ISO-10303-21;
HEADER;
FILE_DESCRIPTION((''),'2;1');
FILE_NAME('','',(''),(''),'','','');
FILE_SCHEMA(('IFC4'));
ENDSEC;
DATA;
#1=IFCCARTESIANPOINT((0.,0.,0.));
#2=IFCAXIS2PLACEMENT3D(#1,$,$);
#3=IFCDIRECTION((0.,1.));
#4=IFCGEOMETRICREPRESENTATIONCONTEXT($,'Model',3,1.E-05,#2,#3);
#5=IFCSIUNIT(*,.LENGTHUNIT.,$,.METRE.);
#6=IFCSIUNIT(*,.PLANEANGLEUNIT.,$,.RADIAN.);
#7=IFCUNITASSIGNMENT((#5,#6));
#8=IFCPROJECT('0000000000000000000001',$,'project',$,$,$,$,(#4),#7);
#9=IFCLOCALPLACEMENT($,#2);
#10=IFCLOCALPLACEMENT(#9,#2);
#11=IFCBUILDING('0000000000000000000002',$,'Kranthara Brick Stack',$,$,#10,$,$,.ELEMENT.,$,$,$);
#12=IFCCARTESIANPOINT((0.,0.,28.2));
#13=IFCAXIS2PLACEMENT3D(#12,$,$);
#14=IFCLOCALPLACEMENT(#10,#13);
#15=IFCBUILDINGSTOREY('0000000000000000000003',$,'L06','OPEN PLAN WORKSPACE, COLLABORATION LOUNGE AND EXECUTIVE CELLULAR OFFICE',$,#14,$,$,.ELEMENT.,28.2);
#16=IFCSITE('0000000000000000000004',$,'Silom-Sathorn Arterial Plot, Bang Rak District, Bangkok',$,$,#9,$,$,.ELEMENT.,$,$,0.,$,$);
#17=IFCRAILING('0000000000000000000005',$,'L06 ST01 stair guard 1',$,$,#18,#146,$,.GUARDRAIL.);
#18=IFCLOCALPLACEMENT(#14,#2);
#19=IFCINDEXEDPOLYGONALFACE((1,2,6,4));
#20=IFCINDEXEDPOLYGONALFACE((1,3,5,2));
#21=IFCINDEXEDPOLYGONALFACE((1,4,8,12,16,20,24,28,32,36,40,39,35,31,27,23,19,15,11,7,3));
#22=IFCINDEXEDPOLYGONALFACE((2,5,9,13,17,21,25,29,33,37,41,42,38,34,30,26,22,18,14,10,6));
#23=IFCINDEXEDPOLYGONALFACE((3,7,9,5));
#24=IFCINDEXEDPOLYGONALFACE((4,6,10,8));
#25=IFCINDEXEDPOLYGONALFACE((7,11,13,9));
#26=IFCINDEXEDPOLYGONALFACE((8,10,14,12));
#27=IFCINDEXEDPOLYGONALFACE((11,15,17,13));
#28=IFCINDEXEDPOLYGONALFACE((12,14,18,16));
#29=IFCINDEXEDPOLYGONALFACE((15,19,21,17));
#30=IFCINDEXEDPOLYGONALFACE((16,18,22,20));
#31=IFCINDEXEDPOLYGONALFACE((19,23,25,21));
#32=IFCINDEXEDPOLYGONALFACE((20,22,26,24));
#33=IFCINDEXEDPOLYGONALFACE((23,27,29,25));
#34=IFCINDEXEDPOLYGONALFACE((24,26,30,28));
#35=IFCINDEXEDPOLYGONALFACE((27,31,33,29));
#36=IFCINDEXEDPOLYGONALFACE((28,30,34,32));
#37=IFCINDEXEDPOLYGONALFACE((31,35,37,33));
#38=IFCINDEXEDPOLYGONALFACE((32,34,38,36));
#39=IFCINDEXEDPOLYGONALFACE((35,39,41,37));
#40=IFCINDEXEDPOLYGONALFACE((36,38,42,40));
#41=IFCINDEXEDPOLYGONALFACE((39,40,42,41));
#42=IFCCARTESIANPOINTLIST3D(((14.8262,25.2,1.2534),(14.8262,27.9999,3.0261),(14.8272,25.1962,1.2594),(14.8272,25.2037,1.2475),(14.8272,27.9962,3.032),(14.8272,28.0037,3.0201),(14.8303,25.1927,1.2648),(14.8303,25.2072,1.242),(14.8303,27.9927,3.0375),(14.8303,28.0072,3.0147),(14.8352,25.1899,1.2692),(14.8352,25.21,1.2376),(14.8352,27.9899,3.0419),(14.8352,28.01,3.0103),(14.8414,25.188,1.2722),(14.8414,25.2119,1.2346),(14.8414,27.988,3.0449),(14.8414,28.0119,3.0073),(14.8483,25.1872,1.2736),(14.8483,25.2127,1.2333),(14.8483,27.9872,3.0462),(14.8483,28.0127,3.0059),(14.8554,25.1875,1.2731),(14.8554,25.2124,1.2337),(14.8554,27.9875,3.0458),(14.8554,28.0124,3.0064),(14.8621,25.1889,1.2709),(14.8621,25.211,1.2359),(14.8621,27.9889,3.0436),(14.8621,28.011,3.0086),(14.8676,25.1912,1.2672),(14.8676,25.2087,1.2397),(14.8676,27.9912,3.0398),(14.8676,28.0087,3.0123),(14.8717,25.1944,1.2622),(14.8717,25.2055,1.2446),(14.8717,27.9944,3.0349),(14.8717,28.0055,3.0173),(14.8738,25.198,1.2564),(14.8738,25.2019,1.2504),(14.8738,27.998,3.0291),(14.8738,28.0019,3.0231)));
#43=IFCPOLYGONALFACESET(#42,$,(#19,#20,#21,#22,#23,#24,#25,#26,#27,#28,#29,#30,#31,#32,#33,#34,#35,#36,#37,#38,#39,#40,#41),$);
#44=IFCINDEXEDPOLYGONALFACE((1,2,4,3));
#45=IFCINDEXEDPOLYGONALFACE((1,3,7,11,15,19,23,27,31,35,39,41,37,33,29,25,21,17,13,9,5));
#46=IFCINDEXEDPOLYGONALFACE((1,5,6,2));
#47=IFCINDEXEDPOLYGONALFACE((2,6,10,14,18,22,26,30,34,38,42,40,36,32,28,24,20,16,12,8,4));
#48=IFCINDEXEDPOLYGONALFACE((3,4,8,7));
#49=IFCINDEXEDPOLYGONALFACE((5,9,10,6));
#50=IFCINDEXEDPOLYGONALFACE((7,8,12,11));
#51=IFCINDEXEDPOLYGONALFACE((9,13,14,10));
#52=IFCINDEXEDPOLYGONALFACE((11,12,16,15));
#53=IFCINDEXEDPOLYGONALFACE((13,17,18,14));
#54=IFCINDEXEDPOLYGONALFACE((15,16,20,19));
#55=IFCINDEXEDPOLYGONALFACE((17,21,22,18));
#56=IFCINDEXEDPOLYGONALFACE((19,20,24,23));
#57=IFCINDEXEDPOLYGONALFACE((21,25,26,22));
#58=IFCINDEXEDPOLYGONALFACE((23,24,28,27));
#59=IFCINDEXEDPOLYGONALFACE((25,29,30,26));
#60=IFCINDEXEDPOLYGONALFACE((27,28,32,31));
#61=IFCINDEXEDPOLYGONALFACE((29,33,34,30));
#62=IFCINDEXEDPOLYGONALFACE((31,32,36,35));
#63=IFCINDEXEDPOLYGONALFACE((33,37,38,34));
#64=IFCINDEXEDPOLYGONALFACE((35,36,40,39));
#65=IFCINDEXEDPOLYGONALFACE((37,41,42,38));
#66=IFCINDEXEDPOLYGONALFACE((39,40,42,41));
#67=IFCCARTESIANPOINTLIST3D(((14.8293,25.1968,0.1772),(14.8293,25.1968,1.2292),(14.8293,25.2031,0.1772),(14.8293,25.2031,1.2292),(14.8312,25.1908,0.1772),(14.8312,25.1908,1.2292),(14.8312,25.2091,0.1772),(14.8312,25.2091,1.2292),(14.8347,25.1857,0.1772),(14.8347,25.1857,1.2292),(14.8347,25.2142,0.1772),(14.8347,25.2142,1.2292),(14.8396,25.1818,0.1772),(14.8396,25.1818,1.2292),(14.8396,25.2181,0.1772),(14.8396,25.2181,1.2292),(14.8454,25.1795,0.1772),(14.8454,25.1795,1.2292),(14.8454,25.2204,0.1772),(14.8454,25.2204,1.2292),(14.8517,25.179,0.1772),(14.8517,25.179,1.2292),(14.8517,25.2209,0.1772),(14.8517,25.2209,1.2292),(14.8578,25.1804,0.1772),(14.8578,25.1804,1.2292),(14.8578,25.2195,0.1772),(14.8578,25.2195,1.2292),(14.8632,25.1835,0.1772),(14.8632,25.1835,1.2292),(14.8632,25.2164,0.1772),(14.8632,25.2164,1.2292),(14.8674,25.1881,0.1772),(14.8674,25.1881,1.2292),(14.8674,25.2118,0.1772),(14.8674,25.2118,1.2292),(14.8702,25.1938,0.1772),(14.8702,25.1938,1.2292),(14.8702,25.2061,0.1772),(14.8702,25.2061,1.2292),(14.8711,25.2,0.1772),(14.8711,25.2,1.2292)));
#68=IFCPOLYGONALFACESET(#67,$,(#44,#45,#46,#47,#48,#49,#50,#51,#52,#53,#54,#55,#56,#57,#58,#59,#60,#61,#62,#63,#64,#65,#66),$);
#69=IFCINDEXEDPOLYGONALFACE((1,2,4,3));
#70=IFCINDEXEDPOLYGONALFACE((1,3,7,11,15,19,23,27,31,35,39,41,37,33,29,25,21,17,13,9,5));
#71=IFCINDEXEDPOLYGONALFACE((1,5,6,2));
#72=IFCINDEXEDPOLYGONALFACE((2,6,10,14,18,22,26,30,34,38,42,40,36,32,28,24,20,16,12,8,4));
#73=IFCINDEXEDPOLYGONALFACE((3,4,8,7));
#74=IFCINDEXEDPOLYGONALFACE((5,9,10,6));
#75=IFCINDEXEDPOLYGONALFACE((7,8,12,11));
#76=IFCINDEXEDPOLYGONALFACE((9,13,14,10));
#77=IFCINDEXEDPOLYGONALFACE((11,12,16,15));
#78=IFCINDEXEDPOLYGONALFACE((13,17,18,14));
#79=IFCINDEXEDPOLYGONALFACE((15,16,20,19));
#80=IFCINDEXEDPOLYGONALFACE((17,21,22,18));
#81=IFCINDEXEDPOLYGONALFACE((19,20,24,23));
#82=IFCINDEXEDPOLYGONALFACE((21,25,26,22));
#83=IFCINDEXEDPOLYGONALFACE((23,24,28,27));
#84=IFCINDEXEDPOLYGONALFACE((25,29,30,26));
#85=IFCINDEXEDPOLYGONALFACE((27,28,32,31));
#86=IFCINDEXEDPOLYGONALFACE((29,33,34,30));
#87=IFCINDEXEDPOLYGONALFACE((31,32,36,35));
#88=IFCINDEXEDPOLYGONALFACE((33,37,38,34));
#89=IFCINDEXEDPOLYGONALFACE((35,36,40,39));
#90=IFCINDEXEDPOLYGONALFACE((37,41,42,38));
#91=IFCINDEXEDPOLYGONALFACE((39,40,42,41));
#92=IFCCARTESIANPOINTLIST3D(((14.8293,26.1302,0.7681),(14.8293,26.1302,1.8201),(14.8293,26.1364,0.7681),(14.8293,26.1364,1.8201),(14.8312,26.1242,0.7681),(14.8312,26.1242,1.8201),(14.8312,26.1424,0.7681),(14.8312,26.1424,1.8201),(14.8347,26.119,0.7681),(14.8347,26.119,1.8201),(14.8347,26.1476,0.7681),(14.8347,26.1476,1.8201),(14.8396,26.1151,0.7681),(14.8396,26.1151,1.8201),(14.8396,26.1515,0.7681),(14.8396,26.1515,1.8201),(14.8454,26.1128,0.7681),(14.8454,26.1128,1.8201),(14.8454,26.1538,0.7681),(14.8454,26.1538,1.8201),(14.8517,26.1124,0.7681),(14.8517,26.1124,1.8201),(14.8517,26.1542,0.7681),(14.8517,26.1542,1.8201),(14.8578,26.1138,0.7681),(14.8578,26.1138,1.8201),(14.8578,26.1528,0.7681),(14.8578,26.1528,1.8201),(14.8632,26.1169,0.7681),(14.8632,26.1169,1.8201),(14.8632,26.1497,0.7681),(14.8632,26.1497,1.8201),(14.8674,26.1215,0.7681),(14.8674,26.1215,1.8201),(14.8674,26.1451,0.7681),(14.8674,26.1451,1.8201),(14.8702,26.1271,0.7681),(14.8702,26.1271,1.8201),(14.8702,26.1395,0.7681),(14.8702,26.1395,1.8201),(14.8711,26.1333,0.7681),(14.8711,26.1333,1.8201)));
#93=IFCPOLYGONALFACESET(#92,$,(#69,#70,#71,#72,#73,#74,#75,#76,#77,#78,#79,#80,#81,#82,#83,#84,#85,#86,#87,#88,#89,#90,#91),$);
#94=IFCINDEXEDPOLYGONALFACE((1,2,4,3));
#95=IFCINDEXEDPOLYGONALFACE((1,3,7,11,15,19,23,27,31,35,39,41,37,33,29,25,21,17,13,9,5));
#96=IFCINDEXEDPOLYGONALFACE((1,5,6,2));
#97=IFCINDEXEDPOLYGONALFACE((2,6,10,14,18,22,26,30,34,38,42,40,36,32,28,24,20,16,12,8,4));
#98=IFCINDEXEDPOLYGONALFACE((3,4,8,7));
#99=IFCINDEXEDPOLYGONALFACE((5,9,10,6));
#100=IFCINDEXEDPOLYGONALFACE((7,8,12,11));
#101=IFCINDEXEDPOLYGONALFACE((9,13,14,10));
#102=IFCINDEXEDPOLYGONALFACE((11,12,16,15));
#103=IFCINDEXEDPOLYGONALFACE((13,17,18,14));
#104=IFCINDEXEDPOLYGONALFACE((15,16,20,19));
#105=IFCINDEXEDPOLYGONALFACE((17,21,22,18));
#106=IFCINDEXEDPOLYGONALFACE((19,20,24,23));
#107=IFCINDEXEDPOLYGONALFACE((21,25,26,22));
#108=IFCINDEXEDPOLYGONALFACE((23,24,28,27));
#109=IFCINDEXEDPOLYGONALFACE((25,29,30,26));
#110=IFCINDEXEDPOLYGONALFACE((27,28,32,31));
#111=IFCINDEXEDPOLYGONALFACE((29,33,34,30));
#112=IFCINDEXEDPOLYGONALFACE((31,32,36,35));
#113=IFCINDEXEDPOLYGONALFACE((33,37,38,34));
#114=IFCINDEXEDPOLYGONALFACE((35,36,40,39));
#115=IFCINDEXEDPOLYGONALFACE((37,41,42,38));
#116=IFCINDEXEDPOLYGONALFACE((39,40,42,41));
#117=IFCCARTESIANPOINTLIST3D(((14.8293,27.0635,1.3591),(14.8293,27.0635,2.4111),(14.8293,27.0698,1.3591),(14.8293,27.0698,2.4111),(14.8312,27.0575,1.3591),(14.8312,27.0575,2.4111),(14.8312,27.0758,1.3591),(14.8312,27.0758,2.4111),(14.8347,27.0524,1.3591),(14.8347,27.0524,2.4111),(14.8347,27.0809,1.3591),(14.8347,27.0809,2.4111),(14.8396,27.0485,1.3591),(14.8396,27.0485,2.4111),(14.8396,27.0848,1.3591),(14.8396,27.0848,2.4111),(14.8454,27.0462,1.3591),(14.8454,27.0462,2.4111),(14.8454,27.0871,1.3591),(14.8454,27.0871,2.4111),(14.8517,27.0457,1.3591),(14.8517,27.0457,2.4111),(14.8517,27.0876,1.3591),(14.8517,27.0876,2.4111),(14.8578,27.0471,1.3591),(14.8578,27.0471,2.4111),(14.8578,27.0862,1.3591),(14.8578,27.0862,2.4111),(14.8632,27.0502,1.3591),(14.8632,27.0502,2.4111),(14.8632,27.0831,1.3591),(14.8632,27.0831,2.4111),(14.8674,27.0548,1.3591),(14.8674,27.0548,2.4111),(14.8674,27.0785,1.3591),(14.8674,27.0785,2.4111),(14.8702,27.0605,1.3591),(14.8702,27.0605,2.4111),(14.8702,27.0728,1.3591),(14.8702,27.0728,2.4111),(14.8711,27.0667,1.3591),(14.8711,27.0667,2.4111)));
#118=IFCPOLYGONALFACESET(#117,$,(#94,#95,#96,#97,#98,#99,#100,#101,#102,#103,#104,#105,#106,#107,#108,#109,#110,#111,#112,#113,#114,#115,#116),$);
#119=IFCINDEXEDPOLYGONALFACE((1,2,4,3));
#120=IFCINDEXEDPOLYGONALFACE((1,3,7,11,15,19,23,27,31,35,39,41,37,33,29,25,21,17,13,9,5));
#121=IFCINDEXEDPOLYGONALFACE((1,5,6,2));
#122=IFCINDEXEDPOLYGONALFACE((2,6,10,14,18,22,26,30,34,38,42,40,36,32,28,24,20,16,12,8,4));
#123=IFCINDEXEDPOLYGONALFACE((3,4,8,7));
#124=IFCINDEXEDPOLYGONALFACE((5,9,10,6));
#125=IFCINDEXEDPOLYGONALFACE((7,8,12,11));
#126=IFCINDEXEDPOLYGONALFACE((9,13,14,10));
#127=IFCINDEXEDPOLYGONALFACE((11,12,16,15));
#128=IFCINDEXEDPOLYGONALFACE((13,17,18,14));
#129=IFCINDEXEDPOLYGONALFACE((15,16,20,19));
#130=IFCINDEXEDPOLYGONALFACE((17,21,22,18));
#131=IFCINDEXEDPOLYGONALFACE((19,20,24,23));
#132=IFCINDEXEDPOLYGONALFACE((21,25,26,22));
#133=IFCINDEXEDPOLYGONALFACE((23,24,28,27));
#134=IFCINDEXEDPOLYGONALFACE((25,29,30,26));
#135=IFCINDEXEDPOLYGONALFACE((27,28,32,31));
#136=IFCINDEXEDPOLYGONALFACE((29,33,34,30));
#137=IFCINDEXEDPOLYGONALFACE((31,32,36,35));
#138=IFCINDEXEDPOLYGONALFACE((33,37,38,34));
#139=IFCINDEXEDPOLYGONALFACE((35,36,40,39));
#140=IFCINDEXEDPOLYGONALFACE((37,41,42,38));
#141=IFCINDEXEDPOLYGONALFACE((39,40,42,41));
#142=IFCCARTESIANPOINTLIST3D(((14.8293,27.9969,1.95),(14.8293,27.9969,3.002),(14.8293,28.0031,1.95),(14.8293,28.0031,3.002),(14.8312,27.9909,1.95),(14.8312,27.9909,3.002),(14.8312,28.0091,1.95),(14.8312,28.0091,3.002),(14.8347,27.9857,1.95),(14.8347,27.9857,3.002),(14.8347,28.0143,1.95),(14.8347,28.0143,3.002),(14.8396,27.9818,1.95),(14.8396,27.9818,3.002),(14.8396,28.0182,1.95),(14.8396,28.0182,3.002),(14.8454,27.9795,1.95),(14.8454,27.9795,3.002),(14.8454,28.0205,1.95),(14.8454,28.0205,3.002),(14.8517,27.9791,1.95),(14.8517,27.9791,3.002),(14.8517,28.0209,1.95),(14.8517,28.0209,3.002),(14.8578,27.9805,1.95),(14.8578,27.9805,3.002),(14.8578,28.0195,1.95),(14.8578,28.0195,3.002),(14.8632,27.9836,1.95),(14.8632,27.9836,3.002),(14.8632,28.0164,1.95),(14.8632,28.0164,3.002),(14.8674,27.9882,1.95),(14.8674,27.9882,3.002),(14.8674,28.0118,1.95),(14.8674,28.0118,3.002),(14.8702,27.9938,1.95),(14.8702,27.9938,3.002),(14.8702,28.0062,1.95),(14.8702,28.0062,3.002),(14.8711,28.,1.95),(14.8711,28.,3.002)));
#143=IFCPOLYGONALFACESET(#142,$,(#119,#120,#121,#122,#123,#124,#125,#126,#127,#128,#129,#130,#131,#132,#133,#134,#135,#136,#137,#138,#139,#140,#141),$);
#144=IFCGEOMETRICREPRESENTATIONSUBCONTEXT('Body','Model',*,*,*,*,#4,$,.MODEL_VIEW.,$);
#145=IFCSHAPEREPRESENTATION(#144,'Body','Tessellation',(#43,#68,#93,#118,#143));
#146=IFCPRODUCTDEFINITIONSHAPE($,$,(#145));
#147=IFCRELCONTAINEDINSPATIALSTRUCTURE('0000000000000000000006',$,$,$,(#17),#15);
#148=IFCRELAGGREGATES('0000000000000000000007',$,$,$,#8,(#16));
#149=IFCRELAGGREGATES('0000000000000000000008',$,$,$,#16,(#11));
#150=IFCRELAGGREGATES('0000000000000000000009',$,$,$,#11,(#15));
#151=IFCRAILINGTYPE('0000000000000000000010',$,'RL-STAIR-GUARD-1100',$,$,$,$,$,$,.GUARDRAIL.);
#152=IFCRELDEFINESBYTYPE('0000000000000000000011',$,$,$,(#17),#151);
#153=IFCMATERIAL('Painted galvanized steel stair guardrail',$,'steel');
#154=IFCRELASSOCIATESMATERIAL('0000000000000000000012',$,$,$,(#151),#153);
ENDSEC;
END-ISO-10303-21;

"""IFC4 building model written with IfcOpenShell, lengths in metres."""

from ifc_helpers import new_model, si_unit, direction, frame, origin, origin_2d, place, context, subcontext, project, spatial, circle, extrude, material, type_object, element, save


model = new_model("IFC4")

# Units and contexts
model_context = context("Model", 3, precision=1e-05, world=origin(), true_north=direction((0.0, 1.0)))
body_context = subcontext(model_context, "Body", "Model", "MODEL_VIEW")
ifc_project = project(units=[si_unit("LENGTHUNIT", "METRE"), si_unit("PLANEANGLEUNIT", "RADIAN")], contexts=[model_context])

# Site, building, storey
site_placement = place(None, origin())
site = spatial("IfcSite", under=ifc_project, at=site_placement, Name="Silom-Sathorn Arterial Plot, Bang Rak District, Bangkok", CompositionType="ELEMENT", RefElevation=0.0)
building_placement = place(site_placement, origin())
building = spatial("IfcBuilding", under=site, at=building_placement, Name="Kranthara Brick Stack", CompositionType="ELEMENT")
storey_placement = place(building_placement, frame((0.0, 0.0, 28.2)))
storey = spatial("IfcBuildingStorey", under=building, at=storey_placement, Name="L06", Description="OPEN PLAN WORKSPACE, COLLABORATION LOUNGE AND EXECUTIVE CELLULAR OFFICE", CompositionType="ELEMENT", Elevation=28.2)

# Railing
ifc_material_1 = material(Name="Painted galvanized steel stair guardrail", Category="steel")
railing_type_1 = type_object("IfcRailingType", Name="RL-STAIR-GUARD-1100", PredefinedType="GUARDRAIL", material=ifc_material_1)
railing_1_placement = place(storey_placement, frame((14.8501, 25.2, 0.1772)))
element("IfcRailing", 1, at=railing_1_placement, inside=storey, type_object=railing_type_1, Name="L06 ST01 stair guard 1", PredefinedType="GUARDRAIL", context=body_context, shape_type="SweptSolid", body=[
    extrude(circle(Radius=0.0239, at=origin_2d()), frame((0.0, 0.0, 1.0762), z_axis=(0.0, 0.844909, 0.53491), x_axis=(-1.0, 0.0, 0.0)), (0.0, 0.0, 1.0), 3.314),
    extrude(circle(Radius=0.021, at=origin_2d()), origin(), (0.0, 0.0, 1.0), 1.052),
    extrude(circle(Radius=0.021, at=origin_2d()), frame((0.0, 0.9333, 0.5908)), (0.0, 0.0, 1.0), 1.052),
    extrude(circle(Radius=0.021, at=origin_2d()), frame((0.0, 1.8667, 1.1819)), (0.0, 0.0, 1.0), 1.052),
    extrude(circle(Radius=0.021, at=origin_2d()), frame((0.0, 2.8, 1.7727)), (0.0, 0.0, 1.0), 1.052),
])

save(model, "model.ifc")
